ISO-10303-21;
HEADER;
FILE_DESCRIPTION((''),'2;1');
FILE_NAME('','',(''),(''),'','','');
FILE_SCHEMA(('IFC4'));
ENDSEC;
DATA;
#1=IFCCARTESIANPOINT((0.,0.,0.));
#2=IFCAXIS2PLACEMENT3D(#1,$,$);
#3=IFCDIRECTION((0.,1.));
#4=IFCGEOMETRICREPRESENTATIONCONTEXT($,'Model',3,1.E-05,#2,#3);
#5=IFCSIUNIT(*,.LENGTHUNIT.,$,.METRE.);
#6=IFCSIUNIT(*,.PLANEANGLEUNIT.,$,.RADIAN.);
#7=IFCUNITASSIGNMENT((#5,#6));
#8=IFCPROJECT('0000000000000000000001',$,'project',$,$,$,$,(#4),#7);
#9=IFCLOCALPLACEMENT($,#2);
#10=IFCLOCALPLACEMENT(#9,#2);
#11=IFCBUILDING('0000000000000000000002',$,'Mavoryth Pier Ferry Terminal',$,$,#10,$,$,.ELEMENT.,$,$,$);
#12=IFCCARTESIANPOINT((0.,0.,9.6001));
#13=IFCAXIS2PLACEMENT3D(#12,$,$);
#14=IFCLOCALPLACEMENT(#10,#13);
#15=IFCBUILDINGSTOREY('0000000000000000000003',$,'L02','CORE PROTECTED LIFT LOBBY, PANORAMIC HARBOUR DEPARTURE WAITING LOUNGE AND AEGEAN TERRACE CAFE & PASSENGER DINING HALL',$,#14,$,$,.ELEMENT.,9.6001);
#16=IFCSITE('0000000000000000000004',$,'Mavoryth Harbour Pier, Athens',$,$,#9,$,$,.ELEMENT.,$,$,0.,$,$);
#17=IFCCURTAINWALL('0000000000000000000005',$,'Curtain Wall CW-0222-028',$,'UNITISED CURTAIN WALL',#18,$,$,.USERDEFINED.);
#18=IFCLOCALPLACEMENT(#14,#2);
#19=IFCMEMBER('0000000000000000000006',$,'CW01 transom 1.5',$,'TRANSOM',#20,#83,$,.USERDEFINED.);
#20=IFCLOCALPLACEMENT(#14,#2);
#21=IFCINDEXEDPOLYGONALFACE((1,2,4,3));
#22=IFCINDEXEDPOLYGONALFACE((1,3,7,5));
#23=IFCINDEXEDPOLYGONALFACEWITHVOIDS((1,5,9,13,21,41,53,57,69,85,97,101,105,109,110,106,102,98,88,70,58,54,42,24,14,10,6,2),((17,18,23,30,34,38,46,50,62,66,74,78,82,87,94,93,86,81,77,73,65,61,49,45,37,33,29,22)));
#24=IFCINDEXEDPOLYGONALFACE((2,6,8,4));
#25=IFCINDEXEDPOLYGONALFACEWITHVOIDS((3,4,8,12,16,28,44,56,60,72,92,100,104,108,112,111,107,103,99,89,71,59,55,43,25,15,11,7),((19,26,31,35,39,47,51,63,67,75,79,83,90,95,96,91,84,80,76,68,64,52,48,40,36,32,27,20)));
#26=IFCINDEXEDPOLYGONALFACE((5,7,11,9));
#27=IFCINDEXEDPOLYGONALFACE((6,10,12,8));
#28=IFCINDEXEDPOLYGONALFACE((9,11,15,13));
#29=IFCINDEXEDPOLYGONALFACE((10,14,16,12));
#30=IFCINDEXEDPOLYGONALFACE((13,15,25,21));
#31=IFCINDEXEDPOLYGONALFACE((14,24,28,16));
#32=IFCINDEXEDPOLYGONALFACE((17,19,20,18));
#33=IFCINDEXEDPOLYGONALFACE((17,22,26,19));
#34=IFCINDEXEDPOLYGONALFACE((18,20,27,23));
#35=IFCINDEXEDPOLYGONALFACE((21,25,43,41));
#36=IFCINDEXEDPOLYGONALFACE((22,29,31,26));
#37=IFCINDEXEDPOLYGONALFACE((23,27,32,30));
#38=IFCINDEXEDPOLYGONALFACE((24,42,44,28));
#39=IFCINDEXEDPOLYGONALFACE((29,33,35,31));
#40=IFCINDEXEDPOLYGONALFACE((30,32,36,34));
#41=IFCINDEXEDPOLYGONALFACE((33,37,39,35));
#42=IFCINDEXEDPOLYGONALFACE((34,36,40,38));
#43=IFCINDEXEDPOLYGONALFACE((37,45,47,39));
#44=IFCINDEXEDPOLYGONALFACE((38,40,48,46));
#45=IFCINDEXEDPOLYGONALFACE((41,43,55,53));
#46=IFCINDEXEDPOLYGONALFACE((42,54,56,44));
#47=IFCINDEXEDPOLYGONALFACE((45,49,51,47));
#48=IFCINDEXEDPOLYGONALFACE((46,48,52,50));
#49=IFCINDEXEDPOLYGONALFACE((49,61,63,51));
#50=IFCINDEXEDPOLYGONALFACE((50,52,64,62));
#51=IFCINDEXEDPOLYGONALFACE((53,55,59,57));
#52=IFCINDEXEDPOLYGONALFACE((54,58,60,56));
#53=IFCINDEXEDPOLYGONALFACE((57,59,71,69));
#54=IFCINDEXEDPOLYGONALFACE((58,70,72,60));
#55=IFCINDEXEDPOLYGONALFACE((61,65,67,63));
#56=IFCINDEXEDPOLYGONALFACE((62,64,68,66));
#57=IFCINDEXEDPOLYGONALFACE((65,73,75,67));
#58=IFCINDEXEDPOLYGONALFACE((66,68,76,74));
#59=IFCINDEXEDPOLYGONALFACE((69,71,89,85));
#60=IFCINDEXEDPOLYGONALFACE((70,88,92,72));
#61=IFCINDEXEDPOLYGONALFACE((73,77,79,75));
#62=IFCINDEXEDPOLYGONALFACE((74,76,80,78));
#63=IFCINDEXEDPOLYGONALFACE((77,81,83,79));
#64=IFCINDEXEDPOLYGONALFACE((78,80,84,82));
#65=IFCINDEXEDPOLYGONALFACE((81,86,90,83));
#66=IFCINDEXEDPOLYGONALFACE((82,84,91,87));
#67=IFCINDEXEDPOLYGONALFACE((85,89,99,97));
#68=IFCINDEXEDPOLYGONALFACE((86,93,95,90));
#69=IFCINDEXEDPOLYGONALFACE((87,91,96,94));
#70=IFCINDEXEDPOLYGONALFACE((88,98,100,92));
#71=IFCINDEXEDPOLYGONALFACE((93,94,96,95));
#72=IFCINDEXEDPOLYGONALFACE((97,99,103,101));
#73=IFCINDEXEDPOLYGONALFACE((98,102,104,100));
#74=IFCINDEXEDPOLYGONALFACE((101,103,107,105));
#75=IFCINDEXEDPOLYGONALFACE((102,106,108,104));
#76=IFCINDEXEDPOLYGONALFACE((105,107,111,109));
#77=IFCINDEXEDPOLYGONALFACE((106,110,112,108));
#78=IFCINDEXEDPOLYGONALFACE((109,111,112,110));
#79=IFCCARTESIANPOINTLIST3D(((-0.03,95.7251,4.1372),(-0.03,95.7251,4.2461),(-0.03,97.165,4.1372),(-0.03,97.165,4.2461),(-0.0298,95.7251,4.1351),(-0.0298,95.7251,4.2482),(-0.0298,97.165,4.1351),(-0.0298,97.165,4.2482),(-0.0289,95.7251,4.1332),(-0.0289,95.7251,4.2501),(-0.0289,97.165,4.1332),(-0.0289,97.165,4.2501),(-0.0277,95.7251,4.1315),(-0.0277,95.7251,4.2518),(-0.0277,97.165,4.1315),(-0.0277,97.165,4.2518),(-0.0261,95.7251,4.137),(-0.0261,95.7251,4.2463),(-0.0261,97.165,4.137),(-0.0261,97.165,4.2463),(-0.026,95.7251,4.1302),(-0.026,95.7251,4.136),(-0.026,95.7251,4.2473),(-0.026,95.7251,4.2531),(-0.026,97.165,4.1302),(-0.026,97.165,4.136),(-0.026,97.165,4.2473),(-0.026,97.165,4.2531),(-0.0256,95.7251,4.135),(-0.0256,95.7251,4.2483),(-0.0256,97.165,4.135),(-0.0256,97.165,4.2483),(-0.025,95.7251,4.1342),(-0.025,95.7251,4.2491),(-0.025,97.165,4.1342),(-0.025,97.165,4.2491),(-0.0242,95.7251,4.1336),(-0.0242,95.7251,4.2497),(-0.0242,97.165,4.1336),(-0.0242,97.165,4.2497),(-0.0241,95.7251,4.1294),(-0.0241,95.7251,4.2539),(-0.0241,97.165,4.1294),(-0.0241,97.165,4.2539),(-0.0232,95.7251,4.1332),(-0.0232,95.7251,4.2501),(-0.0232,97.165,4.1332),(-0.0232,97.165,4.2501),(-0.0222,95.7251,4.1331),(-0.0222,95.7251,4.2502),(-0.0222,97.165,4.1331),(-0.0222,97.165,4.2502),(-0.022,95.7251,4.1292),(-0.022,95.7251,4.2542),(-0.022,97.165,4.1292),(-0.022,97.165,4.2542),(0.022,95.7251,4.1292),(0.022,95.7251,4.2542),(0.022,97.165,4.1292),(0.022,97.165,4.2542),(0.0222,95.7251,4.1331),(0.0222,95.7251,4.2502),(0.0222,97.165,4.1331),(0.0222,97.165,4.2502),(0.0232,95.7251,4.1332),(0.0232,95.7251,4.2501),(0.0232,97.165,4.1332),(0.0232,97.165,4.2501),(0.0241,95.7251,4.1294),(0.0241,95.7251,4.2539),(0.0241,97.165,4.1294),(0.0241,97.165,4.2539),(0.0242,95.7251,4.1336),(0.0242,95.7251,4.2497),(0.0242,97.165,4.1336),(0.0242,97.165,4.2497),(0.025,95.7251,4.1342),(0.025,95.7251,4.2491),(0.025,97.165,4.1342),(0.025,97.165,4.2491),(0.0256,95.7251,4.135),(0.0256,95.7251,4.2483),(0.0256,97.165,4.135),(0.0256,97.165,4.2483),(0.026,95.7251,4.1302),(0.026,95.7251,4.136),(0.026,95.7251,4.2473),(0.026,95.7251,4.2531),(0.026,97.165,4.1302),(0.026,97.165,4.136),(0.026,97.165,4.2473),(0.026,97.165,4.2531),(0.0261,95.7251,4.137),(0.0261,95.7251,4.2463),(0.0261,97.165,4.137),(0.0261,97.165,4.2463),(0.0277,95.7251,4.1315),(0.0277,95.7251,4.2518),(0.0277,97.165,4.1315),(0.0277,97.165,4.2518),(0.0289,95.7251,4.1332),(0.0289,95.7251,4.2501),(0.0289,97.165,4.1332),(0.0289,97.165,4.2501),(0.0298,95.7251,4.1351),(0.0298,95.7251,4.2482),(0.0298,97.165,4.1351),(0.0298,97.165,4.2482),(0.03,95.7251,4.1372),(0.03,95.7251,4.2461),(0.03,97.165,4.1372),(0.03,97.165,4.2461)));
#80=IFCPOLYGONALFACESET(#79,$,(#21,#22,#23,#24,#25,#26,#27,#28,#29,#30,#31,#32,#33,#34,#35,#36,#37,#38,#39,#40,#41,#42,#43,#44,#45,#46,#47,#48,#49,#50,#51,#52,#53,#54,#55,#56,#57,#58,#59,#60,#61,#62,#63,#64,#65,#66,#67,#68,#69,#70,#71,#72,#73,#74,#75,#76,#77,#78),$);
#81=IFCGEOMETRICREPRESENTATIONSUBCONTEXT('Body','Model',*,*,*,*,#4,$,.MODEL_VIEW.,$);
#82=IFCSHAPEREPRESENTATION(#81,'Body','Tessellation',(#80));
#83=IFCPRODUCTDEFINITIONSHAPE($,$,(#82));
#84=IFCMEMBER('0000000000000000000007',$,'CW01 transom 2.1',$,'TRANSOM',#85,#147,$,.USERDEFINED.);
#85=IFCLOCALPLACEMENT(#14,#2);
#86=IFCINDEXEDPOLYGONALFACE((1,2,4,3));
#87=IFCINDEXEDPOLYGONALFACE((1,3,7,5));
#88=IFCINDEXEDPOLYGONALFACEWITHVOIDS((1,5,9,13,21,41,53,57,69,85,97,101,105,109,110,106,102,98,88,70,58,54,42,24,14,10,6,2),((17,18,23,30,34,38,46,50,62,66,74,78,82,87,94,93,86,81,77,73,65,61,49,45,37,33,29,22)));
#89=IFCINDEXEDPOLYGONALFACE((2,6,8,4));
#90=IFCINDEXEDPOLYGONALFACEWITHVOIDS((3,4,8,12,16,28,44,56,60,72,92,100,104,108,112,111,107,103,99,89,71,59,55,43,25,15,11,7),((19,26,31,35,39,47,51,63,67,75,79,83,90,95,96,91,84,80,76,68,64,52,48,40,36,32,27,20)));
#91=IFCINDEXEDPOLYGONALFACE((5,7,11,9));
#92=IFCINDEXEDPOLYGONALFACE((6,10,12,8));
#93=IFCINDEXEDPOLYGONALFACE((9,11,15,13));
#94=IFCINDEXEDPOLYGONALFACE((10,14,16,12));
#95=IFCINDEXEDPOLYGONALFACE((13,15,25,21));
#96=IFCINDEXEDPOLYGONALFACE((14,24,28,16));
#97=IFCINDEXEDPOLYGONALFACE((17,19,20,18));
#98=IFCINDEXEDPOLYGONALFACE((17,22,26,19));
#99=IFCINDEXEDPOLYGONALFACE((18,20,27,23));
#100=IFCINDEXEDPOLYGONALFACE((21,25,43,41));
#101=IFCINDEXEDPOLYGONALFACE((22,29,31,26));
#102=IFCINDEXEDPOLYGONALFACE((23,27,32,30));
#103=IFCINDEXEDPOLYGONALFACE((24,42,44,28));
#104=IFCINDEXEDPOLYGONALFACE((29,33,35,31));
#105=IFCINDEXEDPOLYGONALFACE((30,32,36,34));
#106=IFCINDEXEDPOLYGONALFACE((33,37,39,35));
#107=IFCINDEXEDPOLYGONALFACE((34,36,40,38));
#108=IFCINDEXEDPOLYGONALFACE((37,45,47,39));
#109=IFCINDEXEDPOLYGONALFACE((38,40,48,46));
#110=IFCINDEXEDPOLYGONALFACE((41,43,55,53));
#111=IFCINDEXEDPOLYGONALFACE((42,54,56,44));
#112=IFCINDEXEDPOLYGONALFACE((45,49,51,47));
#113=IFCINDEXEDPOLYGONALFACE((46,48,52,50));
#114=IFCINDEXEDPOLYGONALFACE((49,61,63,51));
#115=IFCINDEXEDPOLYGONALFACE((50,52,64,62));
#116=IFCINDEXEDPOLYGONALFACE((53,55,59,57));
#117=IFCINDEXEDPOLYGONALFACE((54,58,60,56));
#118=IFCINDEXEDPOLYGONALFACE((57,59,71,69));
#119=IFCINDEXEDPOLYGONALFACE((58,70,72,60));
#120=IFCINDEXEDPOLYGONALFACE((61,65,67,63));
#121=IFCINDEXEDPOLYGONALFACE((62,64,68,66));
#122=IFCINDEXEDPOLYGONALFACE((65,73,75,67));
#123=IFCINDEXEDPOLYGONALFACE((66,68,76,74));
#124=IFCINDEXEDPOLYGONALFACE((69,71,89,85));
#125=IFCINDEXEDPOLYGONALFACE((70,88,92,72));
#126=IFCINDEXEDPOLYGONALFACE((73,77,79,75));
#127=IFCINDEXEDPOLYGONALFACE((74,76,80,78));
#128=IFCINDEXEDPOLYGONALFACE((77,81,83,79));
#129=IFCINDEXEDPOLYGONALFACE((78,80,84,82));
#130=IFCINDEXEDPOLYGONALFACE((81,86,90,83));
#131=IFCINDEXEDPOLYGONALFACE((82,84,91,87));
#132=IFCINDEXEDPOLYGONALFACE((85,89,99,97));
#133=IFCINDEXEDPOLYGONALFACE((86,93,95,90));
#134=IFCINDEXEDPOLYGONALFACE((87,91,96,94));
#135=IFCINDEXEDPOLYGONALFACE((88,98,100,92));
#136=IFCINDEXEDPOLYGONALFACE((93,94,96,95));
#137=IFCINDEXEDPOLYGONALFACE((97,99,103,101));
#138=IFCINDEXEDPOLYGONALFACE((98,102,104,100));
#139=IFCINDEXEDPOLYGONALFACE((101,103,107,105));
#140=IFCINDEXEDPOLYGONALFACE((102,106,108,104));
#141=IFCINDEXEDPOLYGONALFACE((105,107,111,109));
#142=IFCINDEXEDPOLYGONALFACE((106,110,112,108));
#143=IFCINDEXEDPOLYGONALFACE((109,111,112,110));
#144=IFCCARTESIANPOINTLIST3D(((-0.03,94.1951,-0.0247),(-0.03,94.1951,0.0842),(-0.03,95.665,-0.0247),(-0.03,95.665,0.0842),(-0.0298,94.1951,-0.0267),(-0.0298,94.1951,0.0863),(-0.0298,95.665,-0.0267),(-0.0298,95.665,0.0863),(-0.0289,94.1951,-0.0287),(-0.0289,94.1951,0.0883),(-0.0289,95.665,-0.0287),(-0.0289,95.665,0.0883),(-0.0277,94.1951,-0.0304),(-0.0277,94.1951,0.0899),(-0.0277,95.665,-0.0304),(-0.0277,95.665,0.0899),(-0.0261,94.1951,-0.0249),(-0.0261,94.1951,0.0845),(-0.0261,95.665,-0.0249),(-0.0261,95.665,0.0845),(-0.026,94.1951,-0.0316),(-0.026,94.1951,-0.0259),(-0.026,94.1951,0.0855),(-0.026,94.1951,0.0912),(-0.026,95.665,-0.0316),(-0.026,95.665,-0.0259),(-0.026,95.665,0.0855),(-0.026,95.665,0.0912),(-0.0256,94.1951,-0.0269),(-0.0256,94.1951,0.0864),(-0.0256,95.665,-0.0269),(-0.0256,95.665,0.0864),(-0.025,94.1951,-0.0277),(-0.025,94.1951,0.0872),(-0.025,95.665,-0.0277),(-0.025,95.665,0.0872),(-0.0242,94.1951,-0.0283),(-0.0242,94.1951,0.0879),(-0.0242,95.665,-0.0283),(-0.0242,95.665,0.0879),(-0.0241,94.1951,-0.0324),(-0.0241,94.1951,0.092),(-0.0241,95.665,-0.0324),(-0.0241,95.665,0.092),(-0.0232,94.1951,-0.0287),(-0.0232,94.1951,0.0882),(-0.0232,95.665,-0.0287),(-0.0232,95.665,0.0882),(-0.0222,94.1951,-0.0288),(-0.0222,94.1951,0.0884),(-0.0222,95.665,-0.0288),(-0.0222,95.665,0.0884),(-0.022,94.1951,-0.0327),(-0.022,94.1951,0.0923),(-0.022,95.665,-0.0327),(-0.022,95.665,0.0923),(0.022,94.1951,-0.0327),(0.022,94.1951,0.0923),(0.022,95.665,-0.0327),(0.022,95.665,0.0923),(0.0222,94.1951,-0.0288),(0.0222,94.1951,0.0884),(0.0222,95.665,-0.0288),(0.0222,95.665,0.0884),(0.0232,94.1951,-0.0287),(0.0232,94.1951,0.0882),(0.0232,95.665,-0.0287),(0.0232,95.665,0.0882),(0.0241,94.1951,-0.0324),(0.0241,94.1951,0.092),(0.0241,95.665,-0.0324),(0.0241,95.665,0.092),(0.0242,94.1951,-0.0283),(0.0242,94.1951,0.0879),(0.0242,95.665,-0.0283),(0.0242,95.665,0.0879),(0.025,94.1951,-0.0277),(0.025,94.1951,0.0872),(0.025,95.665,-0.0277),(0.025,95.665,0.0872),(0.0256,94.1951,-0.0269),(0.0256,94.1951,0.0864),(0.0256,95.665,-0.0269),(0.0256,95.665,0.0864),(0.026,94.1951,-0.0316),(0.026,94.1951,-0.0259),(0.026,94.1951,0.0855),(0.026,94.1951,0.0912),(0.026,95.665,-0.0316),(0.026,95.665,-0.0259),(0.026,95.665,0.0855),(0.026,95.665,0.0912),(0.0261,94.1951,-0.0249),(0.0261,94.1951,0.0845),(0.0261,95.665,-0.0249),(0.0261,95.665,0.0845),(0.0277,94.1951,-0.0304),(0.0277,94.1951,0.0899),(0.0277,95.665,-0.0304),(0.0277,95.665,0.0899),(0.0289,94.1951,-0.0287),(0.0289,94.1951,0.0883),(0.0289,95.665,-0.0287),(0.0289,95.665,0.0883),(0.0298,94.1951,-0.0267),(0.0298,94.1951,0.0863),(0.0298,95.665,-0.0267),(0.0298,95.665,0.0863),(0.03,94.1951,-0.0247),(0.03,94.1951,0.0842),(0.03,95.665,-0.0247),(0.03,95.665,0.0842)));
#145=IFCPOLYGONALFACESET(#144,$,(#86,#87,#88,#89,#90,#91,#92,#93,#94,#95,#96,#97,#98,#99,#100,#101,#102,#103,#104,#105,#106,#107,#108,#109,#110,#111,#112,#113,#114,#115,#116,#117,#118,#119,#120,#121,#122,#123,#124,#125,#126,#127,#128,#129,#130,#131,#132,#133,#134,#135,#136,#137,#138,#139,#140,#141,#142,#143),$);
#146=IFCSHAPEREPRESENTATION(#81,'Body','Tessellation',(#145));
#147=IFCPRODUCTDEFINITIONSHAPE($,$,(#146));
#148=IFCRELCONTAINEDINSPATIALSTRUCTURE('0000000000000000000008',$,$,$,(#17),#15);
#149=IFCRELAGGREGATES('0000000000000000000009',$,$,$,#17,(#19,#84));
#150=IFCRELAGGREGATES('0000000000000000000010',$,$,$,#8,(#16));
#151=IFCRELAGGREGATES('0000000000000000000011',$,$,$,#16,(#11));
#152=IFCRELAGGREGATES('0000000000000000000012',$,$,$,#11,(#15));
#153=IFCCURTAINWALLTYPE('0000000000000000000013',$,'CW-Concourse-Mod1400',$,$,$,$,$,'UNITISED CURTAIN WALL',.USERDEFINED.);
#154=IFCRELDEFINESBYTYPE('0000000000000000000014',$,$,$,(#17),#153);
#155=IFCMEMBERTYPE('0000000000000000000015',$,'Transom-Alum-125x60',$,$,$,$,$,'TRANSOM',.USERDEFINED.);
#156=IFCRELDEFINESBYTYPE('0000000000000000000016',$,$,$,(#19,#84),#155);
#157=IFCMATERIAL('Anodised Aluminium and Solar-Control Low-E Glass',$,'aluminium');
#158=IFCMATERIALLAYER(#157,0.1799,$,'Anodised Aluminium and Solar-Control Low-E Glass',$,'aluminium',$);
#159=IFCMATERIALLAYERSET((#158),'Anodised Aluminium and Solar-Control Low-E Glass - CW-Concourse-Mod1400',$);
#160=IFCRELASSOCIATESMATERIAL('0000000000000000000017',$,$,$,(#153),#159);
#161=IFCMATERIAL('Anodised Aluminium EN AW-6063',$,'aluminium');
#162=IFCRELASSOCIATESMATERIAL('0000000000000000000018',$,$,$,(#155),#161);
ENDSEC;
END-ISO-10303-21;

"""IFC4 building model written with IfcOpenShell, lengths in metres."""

from ifc_helpers import new_model, si_unit, direction, frame, origin, origin_2d, place, context, subcontext, project, spatial, hollow_rectangle, extrude, material, layer, layer_set, material_profile, profile_set, type_object, element, aggregate, save


model = new_model("IFC4")

# Units and contexts
model_context = context("Model", 3, precision=1e-05, world=origin(), true_north=direction((0.0, 1.0)))
body_context = subcontext(model_context, "Body", "Model", "MODEL_VIEW")
ifc_project = project(units=[si_unit("LENGTHUNIT", "METRE"), si_unit("PLANEANGLEUNIT", "RADIAN")], contexts=[model_context])

# Site, building, storey
site_placement = place(None, origin())
site = spatial("IfcSite", under=ifc_project, at=site_placement, Name="Mavoryth Harbour Pier, Athens", CompositionType="ELEMENT", RefElevation=0.0)
building_placement = place(site_placement, origin())
building = spatial("IfcBuilding", under=site, at=building_placement, Name="Mavoryth Pier Ferry Terminal", CompositionType="ELEMENT")
storey_placement = place(building_placement, frame((0.0, 0.0, 9.6001)))
storey = spatial("IfcBuildingStorey", under=building, at=storey_placement, Name="L02", Description="CORE PROTECTED LIFT LOBBY, PANORAMIC HARBOUR DEPARTURE WAITING LOUNGE AND AEGEAN TERRACE CAFE & PASSENGER DINING HALL", CompositionType="ELEMENT", Elevation=9.6001)

# Curtain wall
ifc_material_1 = material(Name="Anodised Aluminium and Solar-Control Low-E Glass", Category="aluminium")
ifc_layer_1 = layer(ifc_material_1, 0.1799, Name="Anodised Aluminium and Solar-Control Low-E Glass", Category="aluminium")
ifc_layer_set_1 = layer_set([ifc_layer_1], Name="Anodised Aluminium and Solar-Control Low-E Glass - CW-Concourse-Mod1400")
curtain_wall_type = type_object("IfcCurtainWallType", Name="CW-Concourse-Mod1400", ElementType="UNITISED CURTAIN WALL", PredefinedType="USERDEFINED", material=ifc_layer_set_1)
curtain_wall_placement = place(storey_placement, origin())
curtain_wall = element("IfcCurtainWall", 1, at=curtain_wall_placement, inside=storey, type_object=curtain_wall_type, Name="Curtain Wall CW-0222-028", ObjectType="UNITISED CURTAIN WALL", PredefinedType="USERDEFINED")
ifc_material_2 = material(Name="Anodised Aluminium EN AW-6063", Category="aluminium")

# Members
ifc_material_profile_1 = material_profile(ifc_material_2, hollow_rectangle(XDim=0.0601, YDim=0.125, WallThickness=0.0039, InnerFilletRadius=0.0039, OuterFilletRadius=0.0081, at=origin_2d()), Name="AL-TRAN 125x60x4", Category="aluminium")
ifc_profile_set_1 = profile_set([ifc_material_profile_1], Name="Anodised Aluminium EN AW-6063 - AL-TRAN 125x60x4")
member_type_1 = type_object("IfcMemberType", Name="Transom-Alum-125x60", ElementType="TRANSOM", PredefinedType="USERDEFINED", material=ifc_profile_set_1)
member_1_placement = place(storey_placement, frame((0.0, 97.165, 4.1917), z_axis=(0.0, -1.0, 0.0), x_axis=(1.0, 0.0, 0.0)))
member_1 = element("IfcMember", 2, at=member_1_placement, type_object=member_type_1, Name="CW01 transom 1.5", ObjectType="TRANSOM", PredefinedType="USERDEFINED", context=body_context, shape_type="SweptSolid", body=[
    extrude(hollow_rectangle(XDim=0.0601, YDim=0.125, WallThickness=0.0039, InnerFilletRadius=0.0039, OuterFilletRadius=0.0081, at=origin_2d()), origin(), (0.0, 0.0, 1.0), 1.4399),
])
member_2_placement = place(storey_placement, frame((0.0, 95.665, 0.0298), z_axis=(0.0, -1.0, 0.0), x_axis=(1.0, 0.0, 0.0)))
member_2 = element("IfcMember", 3, at=member_2_placement, type_object=member_type_1, Name="CW01 transom 2.1", ObjectType="TRANSOM", PredefinedType="USERDEFINED", context=body_context, shape_type="SweptSolid", body=[
    extrude(hollow_rectangle(XDim=0.0601, YDim=0.125, WallThickness=0.0039, InnerFilletRadius=0.0039, OuterFilletRadius=0.0081, at=origin_2d()), origin(), (0.0, 0.0, 1.0), 1.47),
])

aggregate(curtain_wall, [member_1, member_2])

save(model, "model.ifc")
